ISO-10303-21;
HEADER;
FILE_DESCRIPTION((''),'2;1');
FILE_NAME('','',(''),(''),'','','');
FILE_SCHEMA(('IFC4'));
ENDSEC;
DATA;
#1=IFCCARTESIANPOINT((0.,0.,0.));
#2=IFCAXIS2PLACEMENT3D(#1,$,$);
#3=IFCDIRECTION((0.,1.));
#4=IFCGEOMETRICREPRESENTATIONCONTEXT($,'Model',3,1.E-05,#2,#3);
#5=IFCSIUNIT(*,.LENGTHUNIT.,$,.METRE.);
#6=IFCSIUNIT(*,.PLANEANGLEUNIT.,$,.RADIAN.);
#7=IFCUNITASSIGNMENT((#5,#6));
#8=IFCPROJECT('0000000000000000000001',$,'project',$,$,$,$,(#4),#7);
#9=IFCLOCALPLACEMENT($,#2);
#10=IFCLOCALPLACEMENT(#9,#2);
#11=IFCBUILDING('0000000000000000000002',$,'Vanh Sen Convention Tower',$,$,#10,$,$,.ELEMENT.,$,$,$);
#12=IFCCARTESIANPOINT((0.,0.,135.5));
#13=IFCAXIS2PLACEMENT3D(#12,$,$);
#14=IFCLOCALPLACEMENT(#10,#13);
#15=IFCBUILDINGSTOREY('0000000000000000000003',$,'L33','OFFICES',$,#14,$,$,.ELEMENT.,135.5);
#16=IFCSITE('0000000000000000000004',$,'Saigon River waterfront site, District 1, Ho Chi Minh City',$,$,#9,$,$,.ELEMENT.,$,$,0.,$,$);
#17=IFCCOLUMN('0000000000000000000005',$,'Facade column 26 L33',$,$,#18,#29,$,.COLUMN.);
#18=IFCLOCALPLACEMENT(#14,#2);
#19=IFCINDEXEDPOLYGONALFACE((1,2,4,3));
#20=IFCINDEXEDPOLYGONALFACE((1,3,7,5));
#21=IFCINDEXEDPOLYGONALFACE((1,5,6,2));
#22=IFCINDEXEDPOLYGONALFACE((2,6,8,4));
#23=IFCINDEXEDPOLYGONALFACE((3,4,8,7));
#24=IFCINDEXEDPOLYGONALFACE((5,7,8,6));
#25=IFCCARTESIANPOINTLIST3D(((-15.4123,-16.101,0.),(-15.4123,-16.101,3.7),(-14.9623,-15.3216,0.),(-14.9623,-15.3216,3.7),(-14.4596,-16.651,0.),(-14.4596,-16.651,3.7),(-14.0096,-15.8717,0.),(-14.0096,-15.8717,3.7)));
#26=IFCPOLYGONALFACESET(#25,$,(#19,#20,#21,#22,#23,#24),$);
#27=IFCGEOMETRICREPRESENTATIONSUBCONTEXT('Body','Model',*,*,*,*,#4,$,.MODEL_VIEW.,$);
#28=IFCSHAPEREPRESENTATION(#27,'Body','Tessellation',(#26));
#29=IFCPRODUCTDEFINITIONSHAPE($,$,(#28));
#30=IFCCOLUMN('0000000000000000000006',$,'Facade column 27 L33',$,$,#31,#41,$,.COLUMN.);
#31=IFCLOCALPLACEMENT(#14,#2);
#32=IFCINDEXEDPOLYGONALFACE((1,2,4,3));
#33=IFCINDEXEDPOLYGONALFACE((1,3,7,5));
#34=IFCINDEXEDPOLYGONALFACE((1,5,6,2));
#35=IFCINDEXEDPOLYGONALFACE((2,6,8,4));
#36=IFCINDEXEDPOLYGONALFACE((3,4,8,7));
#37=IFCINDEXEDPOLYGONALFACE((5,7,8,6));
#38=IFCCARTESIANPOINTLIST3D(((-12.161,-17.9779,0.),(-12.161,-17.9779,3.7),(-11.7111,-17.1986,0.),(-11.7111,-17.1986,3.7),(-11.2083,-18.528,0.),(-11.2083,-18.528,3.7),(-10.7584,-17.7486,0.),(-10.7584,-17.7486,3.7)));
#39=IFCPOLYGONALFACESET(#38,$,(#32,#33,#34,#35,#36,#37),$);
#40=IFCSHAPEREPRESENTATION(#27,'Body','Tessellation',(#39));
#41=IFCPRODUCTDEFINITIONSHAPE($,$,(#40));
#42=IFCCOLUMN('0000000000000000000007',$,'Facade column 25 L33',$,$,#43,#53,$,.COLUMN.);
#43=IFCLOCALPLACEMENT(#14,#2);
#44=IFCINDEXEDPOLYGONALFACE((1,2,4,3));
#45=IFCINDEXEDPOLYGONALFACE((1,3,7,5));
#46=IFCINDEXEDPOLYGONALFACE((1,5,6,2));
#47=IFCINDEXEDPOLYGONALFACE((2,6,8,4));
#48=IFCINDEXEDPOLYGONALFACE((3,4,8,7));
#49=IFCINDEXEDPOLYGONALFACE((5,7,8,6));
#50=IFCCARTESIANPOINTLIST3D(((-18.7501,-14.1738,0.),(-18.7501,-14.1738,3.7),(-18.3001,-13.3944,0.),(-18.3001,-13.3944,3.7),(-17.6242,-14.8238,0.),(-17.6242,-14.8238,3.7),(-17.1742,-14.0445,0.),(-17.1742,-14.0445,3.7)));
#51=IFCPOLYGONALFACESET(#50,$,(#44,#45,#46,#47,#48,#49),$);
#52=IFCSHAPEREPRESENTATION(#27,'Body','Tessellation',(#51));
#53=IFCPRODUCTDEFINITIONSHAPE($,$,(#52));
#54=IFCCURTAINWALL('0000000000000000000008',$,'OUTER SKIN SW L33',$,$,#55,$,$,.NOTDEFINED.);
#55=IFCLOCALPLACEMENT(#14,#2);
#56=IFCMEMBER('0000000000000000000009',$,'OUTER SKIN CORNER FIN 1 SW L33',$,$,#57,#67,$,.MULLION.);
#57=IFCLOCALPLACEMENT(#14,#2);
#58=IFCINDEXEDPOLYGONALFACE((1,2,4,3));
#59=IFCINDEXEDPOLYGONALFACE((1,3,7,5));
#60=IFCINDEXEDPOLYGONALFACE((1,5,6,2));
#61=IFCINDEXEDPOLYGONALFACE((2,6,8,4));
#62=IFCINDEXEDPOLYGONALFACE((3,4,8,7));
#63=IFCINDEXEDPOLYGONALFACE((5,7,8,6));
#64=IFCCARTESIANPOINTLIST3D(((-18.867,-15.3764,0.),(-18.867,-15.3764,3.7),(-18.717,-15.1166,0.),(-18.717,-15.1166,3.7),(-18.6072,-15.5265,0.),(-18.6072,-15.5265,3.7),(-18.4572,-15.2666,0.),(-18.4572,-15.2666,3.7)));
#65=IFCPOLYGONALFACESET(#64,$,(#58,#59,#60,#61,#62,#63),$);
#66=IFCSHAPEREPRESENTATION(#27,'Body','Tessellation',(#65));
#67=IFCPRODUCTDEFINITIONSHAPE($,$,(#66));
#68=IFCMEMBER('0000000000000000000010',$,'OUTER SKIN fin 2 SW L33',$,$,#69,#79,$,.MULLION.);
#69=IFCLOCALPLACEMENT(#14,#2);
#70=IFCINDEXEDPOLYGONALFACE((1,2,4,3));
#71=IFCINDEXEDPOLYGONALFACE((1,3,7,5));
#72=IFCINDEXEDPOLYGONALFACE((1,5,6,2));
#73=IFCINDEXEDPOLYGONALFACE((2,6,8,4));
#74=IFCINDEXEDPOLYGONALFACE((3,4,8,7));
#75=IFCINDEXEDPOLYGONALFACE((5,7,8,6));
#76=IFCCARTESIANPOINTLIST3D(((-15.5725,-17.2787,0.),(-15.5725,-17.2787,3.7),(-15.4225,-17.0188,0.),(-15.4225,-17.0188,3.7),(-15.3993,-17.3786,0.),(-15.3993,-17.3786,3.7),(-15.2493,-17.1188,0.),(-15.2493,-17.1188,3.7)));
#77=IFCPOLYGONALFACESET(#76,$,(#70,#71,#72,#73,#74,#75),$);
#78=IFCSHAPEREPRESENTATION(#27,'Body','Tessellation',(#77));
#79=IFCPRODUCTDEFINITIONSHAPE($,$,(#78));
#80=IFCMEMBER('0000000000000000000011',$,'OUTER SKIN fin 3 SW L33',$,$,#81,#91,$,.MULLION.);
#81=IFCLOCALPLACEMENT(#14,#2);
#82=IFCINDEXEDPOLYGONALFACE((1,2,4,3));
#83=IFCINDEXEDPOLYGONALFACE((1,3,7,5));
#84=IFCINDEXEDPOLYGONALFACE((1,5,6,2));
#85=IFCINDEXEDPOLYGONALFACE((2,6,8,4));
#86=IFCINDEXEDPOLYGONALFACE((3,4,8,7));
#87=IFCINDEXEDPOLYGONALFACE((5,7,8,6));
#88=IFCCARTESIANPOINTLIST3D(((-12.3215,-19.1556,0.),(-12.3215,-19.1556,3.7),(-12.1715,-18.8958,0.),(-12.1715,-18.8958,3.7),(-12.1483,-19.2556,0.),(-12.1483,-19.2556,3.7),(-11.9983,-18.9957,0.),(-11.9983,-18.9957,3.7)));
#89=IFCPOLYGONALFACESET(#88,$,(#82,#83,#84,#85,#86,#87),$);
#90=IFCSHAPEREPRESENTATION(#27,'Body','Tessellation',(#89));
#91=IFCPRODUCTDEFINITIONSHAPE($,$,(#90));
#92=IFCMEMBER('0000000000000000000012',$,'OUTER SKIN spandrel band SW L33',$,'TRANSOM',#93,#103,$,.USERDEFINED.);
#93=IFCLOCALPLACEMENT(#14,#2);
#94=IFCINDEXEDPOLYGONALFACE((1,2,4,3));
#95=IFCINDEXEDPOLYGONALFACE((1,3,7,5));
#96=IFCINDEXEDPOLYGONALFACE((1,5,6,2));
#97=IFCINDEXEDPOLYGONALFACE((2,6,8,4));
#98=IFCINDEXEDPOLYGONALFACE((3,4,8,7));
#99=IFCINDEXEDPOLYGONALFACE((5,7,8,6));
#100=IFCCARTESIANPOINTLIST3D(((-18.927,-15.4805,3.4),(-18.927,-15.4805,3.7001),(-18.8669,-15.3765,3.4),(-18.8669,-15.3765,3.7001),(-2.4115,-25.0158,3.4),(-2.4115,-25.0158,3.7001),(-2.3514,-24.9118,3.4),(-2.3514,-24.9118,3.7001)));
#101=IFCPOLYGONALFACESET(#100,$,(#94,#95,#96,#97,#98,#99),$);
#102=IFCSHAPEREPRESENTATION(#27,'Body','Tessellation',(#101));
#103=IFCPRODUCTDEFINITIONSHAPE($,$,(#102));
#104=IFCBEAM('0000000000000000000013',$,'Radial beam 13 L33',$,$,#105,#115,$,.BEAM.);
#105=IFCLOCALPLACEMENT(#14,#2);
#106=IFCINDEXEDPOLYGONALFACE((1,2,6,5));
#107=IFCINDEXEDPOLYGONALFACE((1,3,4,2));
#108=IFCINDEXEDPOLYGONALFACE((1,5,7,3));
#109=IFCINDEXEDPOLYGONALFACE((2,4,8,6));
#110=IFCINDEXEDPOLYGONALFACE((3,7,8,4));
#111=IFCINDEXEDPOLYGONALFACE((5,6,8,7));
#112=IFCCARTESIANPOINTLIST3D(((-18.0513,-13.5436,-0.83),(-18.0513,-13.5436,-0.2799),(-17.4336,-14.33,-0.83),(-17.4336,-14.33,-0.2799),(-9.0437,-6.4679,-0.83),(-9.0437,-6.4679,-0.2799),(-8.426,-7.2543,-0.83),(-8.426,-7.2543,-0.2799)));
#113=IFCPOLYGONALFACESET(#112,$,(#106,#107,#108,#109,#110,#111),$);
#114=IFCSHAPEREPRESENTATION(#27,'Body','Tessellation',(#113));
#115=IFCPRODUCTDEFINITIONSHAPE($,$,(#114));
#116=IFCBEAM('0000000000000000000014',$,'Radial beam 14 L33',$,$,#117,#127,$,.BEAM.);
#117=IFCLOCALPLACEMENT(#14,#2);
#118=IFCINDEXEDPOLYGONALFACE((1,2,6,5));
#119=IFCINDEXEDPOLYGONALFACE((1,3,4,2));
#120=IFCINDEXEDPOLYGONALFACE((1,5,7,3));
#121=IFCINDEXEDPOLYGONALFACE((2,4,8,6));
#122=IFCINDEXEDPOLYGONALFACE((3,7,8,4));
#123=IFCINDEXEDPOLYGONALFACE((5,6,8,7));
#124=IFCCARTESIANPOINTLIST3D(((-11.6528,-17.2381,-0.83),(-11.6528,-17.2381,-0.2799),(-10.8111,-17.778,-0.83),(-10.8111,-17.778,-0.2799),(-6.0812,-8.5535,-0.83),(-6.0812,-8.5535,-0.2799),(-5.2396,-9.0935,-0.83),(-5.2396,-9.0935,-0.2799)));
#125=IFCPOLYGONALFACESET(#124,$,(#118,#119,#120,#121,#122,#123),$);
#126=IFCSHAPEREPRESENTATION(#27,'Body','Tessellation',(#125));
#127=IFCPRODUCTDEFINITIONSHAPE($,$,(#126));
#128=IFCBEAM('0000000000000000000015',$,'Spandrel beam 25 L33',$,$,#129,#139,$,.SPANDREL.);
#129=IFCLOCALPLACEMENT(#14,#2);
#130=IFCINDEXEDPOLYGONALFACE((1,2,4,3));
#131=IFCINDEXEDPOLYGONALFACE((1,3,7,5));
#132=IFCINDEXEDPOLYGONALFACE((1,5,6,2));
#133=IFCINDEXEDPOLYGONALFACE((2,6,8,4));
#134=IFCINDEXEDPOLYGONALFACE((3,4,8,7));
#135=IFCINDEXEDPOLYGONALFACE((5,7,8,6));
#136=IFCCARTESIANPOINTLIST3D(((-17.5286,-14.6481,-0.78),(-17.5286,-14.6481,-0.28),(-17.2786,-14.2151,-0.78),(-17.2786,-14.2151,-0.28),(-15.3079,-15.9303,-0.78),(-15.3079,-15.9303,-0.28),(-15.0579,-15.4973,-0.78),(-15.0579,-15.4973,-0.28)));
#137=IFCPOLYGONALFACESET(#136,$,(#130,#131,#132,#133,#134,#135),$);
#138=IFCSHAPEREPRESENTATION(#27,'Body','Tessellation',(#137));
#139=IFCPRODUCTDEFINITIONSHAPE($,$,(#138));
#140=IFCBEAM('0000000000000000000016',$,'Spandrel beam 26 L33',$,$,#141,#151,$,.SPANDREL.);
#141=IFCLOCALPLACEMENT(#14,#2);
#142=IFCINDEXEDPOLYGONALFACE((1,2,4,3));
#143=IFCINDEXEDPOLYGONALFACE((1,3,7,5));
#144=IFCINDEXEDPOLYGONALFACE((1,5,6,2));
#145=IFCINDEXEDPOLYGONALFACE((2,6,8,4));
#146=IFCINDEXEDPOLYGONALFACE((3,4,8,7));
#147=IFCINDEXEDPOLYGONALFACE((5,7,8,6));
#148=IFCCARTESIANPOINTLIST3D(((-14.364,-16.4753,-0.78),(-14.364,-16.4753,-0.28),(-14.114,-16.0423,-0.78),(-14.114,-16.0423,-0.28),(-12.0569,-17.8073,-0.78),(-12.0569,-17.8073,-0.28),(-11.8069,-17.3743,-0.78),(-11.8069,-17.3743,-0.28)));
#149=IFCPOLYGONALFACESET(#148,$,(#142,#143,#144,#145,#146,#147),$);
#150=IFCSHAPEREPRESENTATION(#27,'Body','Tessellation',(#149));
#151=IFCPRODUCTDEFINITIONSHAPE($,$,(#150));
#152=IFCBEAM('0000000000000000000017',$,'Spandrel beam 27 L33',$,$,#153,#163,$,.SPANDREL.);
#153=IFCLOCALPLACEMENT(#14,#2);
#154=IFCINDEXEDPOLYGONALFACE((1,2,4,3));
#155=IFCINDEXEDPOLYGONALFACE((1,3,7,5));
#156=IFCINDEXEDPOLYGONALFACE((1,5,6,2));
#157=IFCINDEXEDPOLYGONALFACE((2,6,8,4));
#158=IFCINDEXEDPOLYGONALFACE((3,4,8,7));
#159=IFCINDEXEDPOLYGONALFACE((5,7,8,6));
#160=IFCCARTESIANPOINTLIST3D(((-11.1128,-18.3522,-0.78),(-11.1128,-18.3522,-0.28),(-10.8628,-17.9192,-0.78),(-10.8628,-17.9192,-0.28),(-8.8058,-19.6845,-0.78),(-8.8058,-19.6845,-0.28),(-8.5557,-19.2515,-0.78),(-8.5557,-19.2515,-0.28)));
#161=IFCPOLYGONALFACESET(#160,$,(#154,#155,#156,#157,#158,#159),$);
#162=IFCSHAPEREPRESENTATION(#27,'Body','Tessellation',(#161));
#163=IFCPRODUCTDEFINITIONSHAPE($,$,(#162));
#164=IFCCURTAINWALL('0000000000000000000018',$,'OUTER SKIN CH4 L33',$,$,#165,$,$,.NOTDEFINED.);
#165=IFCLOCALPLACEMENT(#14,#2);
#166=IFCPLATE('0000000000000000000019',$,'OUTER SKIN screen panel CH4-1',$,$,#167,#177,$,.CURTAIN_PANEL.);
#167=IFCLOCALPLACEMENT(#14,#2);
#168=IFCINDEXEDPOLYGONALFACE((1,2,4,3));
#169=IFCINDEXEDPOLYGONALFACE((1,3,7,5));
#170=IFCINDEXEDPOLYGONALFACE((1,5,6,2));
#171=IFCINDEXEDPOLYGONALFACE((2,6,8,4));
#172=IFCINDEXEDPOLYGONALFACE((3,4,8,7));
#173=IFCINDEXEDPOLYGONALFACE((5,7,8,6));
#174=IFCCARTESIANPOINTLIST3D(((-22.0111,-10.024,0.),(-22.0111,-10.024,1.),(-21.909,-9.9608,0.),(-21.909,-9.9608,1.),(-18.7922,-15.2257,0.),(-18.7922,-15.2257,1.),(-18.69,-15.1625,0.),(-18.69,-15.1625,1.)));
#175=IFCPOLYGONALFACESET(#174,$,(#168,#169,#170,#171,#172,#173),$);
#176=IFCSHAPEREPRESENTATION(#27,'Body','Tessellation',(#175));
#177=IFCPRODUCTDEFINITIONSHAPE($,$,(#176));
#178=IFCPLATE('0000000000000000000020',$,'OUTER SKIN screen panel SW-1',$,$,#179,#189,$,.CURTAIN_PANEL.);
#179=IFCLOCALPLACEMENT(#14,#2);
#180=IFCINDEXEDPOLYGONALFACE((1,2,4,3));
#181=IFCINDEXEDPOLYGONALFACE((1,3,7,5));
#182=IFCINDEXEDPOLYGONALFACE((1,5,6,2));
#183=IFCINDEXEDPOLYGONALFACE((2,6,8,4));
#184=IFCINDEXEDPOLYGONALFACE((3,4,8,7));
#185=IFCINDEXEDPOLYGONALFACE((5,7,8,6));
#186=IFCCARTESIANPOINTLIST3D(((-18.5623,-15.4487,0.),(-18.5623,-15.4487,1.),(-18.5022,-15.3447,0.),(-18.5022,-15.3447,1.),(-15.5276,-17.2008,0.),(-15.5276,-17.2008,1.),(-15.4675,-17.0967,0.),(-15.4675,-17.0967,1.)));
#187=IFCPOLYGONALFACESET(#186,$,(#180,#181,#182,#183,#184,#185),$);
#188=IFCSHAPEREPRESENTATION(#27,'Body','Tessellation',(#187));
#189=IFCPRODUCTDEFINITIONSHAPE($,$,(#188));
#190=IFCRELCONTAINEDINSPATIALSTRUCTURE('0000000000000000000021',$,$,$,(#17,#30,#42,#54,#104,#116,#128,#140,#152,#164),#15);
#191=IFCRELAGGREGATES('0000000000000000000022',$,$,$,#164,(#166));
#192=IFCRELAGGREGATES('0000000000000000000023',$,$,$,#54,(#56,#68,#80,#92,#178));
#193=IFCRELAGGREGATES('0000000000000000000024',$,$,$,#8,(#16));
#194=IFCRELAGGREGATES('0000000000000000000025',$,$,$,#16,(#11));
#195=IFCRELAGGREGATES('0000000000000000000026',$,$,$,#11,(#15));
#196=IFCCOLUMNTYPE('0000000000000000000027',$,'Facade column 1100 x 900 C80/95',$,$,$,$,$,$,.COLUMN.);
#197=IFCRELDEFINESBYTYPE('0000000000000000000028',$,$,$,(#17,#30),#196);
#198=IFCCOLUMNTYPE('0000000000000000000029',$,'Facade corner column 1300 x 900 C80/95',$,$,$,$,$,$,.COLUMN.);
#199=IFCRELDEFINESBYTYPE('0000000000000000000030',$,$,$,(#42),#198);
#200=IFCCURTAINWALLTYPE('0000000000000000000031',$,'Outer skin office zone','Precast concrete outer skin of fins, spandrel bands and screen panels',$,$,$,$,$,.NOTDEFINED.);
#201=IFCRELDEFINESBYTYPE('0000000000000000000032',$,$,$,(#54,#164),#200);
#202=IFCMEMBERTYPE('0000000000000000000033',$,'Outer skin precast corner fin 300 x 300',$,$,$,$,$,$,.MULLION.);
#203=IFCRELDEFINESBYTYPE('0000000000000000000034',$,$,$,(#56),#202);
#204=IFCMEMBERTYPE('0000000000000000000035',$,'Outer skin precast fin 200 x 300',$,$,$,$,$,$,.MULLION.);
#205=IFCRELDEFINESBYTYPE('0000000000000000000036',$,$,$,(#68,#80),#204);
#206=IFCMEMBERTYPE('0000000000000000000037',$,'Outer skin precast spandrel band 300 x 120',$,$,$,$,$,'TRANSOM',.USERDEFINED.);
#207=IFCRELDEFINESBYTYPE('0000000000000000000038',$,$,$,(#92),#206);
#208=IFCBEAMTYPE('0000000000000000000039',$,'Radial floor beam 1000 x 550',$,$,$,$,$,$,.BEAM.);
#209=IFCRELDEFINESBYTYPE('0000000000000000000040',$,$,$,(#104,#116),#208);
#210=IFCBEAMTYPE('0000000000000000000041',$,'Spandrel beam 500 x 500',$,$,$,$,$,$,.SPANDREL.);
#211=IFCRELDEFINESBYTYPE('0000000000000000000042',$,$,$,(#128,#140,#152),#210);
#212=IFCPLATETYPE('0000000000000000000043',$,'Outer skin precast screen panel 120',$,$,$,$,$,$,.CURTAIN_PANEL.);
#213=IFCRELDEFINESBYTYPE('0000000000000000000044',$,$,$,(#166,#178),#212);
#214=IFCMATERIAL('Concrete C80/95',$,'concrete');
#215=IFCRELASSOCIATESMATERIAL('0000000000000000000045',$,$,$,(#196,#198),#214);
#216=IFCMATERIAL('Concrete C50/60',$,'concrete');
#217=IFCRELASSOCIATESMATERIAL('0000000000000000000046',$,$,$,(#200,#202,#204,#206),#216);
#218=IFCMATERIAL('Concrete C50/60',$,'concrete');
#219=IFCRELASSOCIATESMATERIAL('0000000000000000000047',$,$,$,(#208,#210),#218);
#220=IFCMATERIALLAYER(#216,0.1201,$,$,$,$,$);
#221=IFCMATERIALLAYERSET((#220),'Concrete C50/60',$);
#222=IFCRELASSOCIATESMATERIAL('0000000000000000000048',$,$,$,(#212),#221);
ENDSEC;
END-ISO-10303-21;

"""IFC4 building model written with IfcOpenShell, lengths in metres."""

from ifc_helpers import new_model, si_unit, direction, frame, origin, origin_2d, place, context, subcontext, project, spatial, rectangle, extrude, material, layer, layer_set, material_profile, profile_set, type_object, element, aggregate, save


model = new_model("IFC4")

# Units and contexts
model_context = context("Model", 3, precision=1e-05, world=origin(), true_north=direction((0.0, 1.0)))
body_context = subcontext(model_context, "Body", "Model", "MODEL_VIEW")
ifc_project = project(units=[si_unit("LENGTHUNIT", "METRE"), si_unit("PLANEANGLEUNIT", "RADIAN")], contexts=[model_context])

# Site, building, storey
site_placement = place(None, origin())
site = spatial("IfcSite", under=ifc_project, at=site_placement, Name="Saigon River waterfront site, District 1, Ho Chi Minh City", CompositionType="ELEMENT", RefElevation=0.0)
building_placement = place(site_placement, origin())
building = spatial("IfcBuilding", under=site, at=building_placement, Name="Vanh Sen Convention Tower", CompositionType="ELEMENT")
storey_placement = place(building_placement, frame((0.0, 0.0, 135.5)))
storey = spatial("IfcBuildingStorey", under=building, at=storey_placement, Name="L33", Description="OFFICES", CompositionType="ELEMENT", Elevation=135.5)

# Columns
ifc_material_1 = material(Name="Concrete C80/95", Category="concrete")
ifc_material_profile_1 = material_profile(ifc_material_1, rectangle(XDim=1.1001, YDim=0.8999, at=origin_2d()), Name="RC 1100X900")
ifc_profile_set_1 = profile_set([ifc_material_profile_1], Name="Concrete C80/95")
column_type_1 = type_object("IfcColumnType", Name="Facade column 1100 x 900 C80/95", PredefinedType="COLUMN", material=ifc_profile_set_1)
for number, where, z_axis, x_axis, name in (
    (1, (-14.7109, -15.9863, 0.0), (0.0, 0.0, 1.0), (0.866025, -0.5, 0.0), "Facade column 26 L33"),
    (2, (-11.4597, -17.8633, 0.0), (0.0, 0.0, 1.0), (0.866025, -0.5, 0.0), "Facade column 27 L33"),
):
    element("IfcColumn", number, at=place(storey_placement, frame(where, z_axis=z_axis, x_axis=x_axis)), inside=storey, type_object=column_type_1, Name=name, PredefinedType="COLUMN", context=body_context, shape_type="SweptSolid", body=[
        extrude(rectangle(XDim=1.1001, YDim=0.8999, at=origin_2d()), origin(), (0.0, 0.0, 1.0), 3.7),
    ])
ifc_material_profile_2 = material_profile(ifc_material_1, rectangle(XDim=1.3, YDim=0.8999, at=origin_2d()), Name="RC 1300X900")
ifc_profile_set_2 = profile_set([ifc_material_profile_2], Name="Concrete C80/95")
column_type_2 = type_object("IfcColumnType", Name="Facade corner column 1300 x 900 C80/95", PredefinedType="COLUMN", material=ifc_profile_set_2)
column_placement = place(storey_placement, frame((-17.9622, -14.1091, 0.0), z_axis=(0.0, 0.0, 1.0), x_axis=(0.866025, -0.5, 0.0)))
element("IfcColumn", 3, at=column_placement, inside=storey, type_object=column_type_2, Name="Facade column 25 L33", PredefinedType="COLUMN", context=body_context, shape_type="SweptSolid", body=[
    extrude(rectangle(XDim=1.3, YDim=0.8999, at=origin_2d()), origin(), (0.0, 0.0, 1.0), 3.7),
])

# Curtain wall, members
ifc_material_2 = material(Name="Concrete C50/60", Category="concrete")
curtain_wall_type = type_object("IfcCurtainWallType", Name="Outer skin office zone", Description="Precast concrete outer skin of fins, spandrel bands and screen panels", PredefinedType="NOTDEFINED", material=ifc_material_2)
curtain_wall_1_placement = place(storey_placement, origin())
curtain_wall_1 = element("IfcCurtainWall", 4, at=curtain_wall_1_placement, inside=storey, type_object=curtain_wall_type, Name="OUTER SKIN SW L33", PredefinedType="NOTDEFINED")
ifc_material_profile_3 = material_profile(ifc_material_2, rectangle(XDim=0.3, YDim=0.3, at=origin_2d()), Name="Outer skin precast corner fin 300 x 300")
ifc_profile_set_3 = profile_set([ifc_material_profile_3], Name="Concrete C50/60")
member_type_1 = type_object("IfcMemberType", Name="Outer skin precast corner fin 300 x 300", PredefinedType="MULLION", material=ifc_profile_set_3)
member_1_placement = place(storey_placement, frame((-18.6621, -15.3215, 0.0), z_axis=(0.0, 0.0, 1.0), x_axis=(0.866025, -0.5, 0.0)))
member_1 = element("IfcMember", 5, at=member_1_placement, type_object=member_type_1, Name="OUTER SKIN CORNER FIN 1 SW L33", PredefinedType="MULLION", context=body_context, shape_type="SweptSolid", body=[
    extrude(rectangle(XDim=0.3, YDim=0.3, at=origin_2d()), origin(), (0.0, 0.0, 1.0), 3.7),
])
ifc_material_profile_4 = material_profile(ifc_material_2, rectangle(XDim=0.2, YDim=0.3, at=origin_2d()), Name="Outer skin precast fin 200 x 300")
ifc_profile_set_4 = profile_set([ifc_material_profile_4], Name="Concrete C50/60")
member_type_2 = type_object("IfcMemberType", Name="Outer skin precast fin 200 x 300", PredefinedType="MULLION", material=ifc_profile_set_4)
member_2_placement = place(storey_placement, frame((-15.4109, -17.1987, 0.0), z_axis=(0.0, 0.0, 1.0), x_axis=(0.866025, -0.5, 0.0)))
member_2 = element("IfcMember", 6, at=member_2_placement, type_object=member_type_2, Name="OUTER SKIN fin 2 SW L33", PredefinedType="MULLION", context=body_context, shape_type="SweptSolid", body=[
    extrude(rectangle(XDim=0.2, YDim=0.3, at=origin_2d()), origin(), (0.0, 0.0, 1.0), 3.7),
])
member_3_placement = place(storey_placement, frame((-12.1599, -19.0757, 0.0), z_axis=(0.0, 0.0, 1.0), x_axis=(0.866025, -0.5, 0.0)))
member_3 = element("IfcMember", 7, at=member_3_placement, type_object=member_type_2, Name="OUTER SKIN fin 3 SW L33", PredefinedType="MULLION", context=body_context, shape_type="SweptSolid", body=[
    extrude(rectangle(XDim=0.2, YDim=0.3, at=origin_2d()), origin(), (0.0, 0.0, 1.0), 3.7),
])
ifc_material_profile_5 = material_profile(ifc_material_2, rectangle(XDim=0.1201, YDim=0.3, at=origin_2d()), Name="Outer skin precast spandrel band 300 x 120")
ifc_profile_set_5 = profile_set([ifc_material_profile_5], Name="Concrete C50/60")
member_type_3 = type_object("IfcMemberType", Name="Outer skin precast spandrel band 300 x 120", ElementType="TRANSOM", PredefinedType="USERDEFINED", material=ifc_profile_set_5)
member_4_placement = place(storey_placement, frame((-18.897, -15.4285, 3.55), z_axis=(0.866023, -0.500004, 0.0), x_axis=(0.500004, 0.866023, 0.0)))
member_4 = element("IfcMember", 8, at=member_4_placement, type_object=member_type_3, Name="OUTER SKIN spandrel band SW L33", ObjectType="TRANSOM", PredefinedType="USERDEFINED", context=body_context, shape_type="SweptSolid", body=[
    extrude(rectangle(XDim=0.1201, YDim=0.3, at=origin_2d()), origin(), (0.0, 0.0, 1.0), 19.0706),
])

# Beams
ifc_material_3 = material(Name="Concrete C50/60", Category="concrete")
ifc_material_profile_6 = material_profile(ifc_material_3, rectangle(XDim=1.0, YDim=0.55, at=origin_2d()), Name="RC 1000X550")
ifc_profile_set_6 = profile_set([ifc_material_profile_6], Name="Concrete C50/60")
beam_type_1 = type_object("IfcBeamType", Name="Radial floor beam 1000 x 550", PredefinedType="BEAM", material=ifc_profile_set_6)
beam_1_placement = place(storey_placement, frame((-17.7424, -13.9368, -0.5549), z_axis=(0.78639, 0.61773, 0.0), x_axis=(-0.61773, 0.78639, 0.0)))
element("IfcBeam", 9, at=beam_1_placement, inside=storey, type_object=beam_type_1, Name="Radial beam 13 L33", PredefinedType="BEAM", context=body_context, shape_type="SweptSolid", body=[
    extrude(rectangle(XDim=1.0, YDim=0.55, at=origin_2d()), origin(), (0.0, 0.0, 1.0), 11.4543),
])
beam_2_placement = place(storey_placement, frame((-11.2319, -17.5081, -0.5549), z_axis=(0.539975, 0.841681, 0.0), x_axis=(-0.841681, 0.539975, 0.0)))
element("IfcBeam", 10, at=beam_2_placement, inside=storey, type_object=beam_type_1, Name="Radial beam 14 L33", PredefinedType="BEAM", context=body_context, shape_type="SweptSolid", body=[
    extrude(rectangle(XDim=1.0, YDim=0.55, at=origin_2d()), origin(), (0.0, 0.0, 1.0), 10.3181),
])
ifc_material_profile_7 = material_profile(ifc_material_3, rectangle(XDim=0.5, YDim=0.5, at=origin_2d()), Name="RC 500X500")
ifc_profile_set_7 = profile_set([ifc_material_profile_7], Name="Concrete C50/60")
beam_type_2 = type_object("IfcBeamType", Name="Spandrel beam 500 x 500", PredefinedType="SPANDREL", material=ifc_profile_set_7)
beam_3_placement = place(storey_placement, frame((-17.4036, -14.4316, -0.53), z_axis=(0.866008, -0.50003, 0.0), x_axis=(0.50003, 0.866008, 0.0)))
element("IfcBeam", 11, at=beam_3_placement, inside=storey, type_object=beam_type_2, Name="Spandrel beam 25 L33", PredefinedType="SPANDREL", context=body_context, shape_type="SweptSolid", body=[
    extrude(rectangle(XDim=0.5, YDim=0.5, at=origin_2d()), origin(), (0.0, 0.0, 1.0), 2.5642),
])
for number, where, z_axis, x_axis, name in (
    (12, (-14.239, -16.2588, -0.53), (0.866024, -0.500003, 0.0), (0.500003, 0.866024, 0.0), "Spandrel beam 26 L33"),
    (13, (-10.9878, -18.1357, -0.53), (0.865984, -0.500071, 0.0), (0.500071, 0.865984, 0.0), "Spandrel beam 27 L33"),
):
    element("IfcBeam", number, at=place(storey_placement, frame(where, z_axis=z_axis, x_axis=x_axis)), inside=storey, type_object=beam_type_2, Name=name, PredefinedType="SPANDREL", context=body_context, shape_type="SweptSolid", body=[
        extrude(rectangle(XDim=0.5, YDim=0.5, at=origin_2d()), origin(), (0.0, 0.0, 1.0), 2.6641),
    ])

# Curtain wall, plate
curtain_wall_2_placement = place(storey_placement, origin())
curtain_wall_2 = element("IfcCurtainWall", 14, at=curtain_wall_2_placement, inside=storey, type_object=curtain_wall_type, Name="OUTER SKIN CH4 L33", PredefinedType="NOTDEFINED")
ifc_layer_1 = layer(ifc_material_2, 0.1201)
ifc_layer_set_1 = layer_set([ifc_layer_1], Name="Concrete C50/60")
plate_type = type_object("IfcPlateType", Name="Outer skin precast screen panel 120", PredefinedType="CURTAIN_PANEL", material=ifc_layer_set_1)
plate_1_placement = place(storey_placement, frame((-20.3506, -12.5933, 0.0), z_axis=(0.0, 0.0, 1.0), x_axis=(0.526218, -0.850349, 0.0)))
plate_1 = element("IfcPlate", 15, at=plate_1_placement, type_object=plate_type, Name="OUTER SKIN screen panel CH4-1", PredefinedType="CURTAIN_PANEL", context=body_context, shape_type="SweptSolid", body=[
    extrude(rectangle(XDim=6.1172, YDim=0.1201, at=origin_2d()), origin(), (0.0, 0.0, 1.0), 1.0),
])
aggregate(curtain_wall_2, [plate_1])

# Plate
plate_2_placement = place(storey_placement, frame((-17.0149, -16.2727, 0.0), z_axis=(0.0, 0.0, 1.0), x_axis=(0.866024, -0.500003, 0.0)))
plate_2 = element("IfcPlate", 16, at=plate_2_placement, type_object=plate_type, Name="OUTER SKIN screen panel SW-1", PredefinedType="CURTAIN_PANEL", context=body_context, shape_type="SweptSolid", body=[
    extrude(rectangle(XDim=3.5042, YDim=0.1201, at=origin_2d()), origin(), (0.0, 0.0, 1.0), 1.0),
])
aggregate(curtain_wall_1, [member_1, member_2, member_3, member_4, plate_2])

save(model, "model.ifc")
